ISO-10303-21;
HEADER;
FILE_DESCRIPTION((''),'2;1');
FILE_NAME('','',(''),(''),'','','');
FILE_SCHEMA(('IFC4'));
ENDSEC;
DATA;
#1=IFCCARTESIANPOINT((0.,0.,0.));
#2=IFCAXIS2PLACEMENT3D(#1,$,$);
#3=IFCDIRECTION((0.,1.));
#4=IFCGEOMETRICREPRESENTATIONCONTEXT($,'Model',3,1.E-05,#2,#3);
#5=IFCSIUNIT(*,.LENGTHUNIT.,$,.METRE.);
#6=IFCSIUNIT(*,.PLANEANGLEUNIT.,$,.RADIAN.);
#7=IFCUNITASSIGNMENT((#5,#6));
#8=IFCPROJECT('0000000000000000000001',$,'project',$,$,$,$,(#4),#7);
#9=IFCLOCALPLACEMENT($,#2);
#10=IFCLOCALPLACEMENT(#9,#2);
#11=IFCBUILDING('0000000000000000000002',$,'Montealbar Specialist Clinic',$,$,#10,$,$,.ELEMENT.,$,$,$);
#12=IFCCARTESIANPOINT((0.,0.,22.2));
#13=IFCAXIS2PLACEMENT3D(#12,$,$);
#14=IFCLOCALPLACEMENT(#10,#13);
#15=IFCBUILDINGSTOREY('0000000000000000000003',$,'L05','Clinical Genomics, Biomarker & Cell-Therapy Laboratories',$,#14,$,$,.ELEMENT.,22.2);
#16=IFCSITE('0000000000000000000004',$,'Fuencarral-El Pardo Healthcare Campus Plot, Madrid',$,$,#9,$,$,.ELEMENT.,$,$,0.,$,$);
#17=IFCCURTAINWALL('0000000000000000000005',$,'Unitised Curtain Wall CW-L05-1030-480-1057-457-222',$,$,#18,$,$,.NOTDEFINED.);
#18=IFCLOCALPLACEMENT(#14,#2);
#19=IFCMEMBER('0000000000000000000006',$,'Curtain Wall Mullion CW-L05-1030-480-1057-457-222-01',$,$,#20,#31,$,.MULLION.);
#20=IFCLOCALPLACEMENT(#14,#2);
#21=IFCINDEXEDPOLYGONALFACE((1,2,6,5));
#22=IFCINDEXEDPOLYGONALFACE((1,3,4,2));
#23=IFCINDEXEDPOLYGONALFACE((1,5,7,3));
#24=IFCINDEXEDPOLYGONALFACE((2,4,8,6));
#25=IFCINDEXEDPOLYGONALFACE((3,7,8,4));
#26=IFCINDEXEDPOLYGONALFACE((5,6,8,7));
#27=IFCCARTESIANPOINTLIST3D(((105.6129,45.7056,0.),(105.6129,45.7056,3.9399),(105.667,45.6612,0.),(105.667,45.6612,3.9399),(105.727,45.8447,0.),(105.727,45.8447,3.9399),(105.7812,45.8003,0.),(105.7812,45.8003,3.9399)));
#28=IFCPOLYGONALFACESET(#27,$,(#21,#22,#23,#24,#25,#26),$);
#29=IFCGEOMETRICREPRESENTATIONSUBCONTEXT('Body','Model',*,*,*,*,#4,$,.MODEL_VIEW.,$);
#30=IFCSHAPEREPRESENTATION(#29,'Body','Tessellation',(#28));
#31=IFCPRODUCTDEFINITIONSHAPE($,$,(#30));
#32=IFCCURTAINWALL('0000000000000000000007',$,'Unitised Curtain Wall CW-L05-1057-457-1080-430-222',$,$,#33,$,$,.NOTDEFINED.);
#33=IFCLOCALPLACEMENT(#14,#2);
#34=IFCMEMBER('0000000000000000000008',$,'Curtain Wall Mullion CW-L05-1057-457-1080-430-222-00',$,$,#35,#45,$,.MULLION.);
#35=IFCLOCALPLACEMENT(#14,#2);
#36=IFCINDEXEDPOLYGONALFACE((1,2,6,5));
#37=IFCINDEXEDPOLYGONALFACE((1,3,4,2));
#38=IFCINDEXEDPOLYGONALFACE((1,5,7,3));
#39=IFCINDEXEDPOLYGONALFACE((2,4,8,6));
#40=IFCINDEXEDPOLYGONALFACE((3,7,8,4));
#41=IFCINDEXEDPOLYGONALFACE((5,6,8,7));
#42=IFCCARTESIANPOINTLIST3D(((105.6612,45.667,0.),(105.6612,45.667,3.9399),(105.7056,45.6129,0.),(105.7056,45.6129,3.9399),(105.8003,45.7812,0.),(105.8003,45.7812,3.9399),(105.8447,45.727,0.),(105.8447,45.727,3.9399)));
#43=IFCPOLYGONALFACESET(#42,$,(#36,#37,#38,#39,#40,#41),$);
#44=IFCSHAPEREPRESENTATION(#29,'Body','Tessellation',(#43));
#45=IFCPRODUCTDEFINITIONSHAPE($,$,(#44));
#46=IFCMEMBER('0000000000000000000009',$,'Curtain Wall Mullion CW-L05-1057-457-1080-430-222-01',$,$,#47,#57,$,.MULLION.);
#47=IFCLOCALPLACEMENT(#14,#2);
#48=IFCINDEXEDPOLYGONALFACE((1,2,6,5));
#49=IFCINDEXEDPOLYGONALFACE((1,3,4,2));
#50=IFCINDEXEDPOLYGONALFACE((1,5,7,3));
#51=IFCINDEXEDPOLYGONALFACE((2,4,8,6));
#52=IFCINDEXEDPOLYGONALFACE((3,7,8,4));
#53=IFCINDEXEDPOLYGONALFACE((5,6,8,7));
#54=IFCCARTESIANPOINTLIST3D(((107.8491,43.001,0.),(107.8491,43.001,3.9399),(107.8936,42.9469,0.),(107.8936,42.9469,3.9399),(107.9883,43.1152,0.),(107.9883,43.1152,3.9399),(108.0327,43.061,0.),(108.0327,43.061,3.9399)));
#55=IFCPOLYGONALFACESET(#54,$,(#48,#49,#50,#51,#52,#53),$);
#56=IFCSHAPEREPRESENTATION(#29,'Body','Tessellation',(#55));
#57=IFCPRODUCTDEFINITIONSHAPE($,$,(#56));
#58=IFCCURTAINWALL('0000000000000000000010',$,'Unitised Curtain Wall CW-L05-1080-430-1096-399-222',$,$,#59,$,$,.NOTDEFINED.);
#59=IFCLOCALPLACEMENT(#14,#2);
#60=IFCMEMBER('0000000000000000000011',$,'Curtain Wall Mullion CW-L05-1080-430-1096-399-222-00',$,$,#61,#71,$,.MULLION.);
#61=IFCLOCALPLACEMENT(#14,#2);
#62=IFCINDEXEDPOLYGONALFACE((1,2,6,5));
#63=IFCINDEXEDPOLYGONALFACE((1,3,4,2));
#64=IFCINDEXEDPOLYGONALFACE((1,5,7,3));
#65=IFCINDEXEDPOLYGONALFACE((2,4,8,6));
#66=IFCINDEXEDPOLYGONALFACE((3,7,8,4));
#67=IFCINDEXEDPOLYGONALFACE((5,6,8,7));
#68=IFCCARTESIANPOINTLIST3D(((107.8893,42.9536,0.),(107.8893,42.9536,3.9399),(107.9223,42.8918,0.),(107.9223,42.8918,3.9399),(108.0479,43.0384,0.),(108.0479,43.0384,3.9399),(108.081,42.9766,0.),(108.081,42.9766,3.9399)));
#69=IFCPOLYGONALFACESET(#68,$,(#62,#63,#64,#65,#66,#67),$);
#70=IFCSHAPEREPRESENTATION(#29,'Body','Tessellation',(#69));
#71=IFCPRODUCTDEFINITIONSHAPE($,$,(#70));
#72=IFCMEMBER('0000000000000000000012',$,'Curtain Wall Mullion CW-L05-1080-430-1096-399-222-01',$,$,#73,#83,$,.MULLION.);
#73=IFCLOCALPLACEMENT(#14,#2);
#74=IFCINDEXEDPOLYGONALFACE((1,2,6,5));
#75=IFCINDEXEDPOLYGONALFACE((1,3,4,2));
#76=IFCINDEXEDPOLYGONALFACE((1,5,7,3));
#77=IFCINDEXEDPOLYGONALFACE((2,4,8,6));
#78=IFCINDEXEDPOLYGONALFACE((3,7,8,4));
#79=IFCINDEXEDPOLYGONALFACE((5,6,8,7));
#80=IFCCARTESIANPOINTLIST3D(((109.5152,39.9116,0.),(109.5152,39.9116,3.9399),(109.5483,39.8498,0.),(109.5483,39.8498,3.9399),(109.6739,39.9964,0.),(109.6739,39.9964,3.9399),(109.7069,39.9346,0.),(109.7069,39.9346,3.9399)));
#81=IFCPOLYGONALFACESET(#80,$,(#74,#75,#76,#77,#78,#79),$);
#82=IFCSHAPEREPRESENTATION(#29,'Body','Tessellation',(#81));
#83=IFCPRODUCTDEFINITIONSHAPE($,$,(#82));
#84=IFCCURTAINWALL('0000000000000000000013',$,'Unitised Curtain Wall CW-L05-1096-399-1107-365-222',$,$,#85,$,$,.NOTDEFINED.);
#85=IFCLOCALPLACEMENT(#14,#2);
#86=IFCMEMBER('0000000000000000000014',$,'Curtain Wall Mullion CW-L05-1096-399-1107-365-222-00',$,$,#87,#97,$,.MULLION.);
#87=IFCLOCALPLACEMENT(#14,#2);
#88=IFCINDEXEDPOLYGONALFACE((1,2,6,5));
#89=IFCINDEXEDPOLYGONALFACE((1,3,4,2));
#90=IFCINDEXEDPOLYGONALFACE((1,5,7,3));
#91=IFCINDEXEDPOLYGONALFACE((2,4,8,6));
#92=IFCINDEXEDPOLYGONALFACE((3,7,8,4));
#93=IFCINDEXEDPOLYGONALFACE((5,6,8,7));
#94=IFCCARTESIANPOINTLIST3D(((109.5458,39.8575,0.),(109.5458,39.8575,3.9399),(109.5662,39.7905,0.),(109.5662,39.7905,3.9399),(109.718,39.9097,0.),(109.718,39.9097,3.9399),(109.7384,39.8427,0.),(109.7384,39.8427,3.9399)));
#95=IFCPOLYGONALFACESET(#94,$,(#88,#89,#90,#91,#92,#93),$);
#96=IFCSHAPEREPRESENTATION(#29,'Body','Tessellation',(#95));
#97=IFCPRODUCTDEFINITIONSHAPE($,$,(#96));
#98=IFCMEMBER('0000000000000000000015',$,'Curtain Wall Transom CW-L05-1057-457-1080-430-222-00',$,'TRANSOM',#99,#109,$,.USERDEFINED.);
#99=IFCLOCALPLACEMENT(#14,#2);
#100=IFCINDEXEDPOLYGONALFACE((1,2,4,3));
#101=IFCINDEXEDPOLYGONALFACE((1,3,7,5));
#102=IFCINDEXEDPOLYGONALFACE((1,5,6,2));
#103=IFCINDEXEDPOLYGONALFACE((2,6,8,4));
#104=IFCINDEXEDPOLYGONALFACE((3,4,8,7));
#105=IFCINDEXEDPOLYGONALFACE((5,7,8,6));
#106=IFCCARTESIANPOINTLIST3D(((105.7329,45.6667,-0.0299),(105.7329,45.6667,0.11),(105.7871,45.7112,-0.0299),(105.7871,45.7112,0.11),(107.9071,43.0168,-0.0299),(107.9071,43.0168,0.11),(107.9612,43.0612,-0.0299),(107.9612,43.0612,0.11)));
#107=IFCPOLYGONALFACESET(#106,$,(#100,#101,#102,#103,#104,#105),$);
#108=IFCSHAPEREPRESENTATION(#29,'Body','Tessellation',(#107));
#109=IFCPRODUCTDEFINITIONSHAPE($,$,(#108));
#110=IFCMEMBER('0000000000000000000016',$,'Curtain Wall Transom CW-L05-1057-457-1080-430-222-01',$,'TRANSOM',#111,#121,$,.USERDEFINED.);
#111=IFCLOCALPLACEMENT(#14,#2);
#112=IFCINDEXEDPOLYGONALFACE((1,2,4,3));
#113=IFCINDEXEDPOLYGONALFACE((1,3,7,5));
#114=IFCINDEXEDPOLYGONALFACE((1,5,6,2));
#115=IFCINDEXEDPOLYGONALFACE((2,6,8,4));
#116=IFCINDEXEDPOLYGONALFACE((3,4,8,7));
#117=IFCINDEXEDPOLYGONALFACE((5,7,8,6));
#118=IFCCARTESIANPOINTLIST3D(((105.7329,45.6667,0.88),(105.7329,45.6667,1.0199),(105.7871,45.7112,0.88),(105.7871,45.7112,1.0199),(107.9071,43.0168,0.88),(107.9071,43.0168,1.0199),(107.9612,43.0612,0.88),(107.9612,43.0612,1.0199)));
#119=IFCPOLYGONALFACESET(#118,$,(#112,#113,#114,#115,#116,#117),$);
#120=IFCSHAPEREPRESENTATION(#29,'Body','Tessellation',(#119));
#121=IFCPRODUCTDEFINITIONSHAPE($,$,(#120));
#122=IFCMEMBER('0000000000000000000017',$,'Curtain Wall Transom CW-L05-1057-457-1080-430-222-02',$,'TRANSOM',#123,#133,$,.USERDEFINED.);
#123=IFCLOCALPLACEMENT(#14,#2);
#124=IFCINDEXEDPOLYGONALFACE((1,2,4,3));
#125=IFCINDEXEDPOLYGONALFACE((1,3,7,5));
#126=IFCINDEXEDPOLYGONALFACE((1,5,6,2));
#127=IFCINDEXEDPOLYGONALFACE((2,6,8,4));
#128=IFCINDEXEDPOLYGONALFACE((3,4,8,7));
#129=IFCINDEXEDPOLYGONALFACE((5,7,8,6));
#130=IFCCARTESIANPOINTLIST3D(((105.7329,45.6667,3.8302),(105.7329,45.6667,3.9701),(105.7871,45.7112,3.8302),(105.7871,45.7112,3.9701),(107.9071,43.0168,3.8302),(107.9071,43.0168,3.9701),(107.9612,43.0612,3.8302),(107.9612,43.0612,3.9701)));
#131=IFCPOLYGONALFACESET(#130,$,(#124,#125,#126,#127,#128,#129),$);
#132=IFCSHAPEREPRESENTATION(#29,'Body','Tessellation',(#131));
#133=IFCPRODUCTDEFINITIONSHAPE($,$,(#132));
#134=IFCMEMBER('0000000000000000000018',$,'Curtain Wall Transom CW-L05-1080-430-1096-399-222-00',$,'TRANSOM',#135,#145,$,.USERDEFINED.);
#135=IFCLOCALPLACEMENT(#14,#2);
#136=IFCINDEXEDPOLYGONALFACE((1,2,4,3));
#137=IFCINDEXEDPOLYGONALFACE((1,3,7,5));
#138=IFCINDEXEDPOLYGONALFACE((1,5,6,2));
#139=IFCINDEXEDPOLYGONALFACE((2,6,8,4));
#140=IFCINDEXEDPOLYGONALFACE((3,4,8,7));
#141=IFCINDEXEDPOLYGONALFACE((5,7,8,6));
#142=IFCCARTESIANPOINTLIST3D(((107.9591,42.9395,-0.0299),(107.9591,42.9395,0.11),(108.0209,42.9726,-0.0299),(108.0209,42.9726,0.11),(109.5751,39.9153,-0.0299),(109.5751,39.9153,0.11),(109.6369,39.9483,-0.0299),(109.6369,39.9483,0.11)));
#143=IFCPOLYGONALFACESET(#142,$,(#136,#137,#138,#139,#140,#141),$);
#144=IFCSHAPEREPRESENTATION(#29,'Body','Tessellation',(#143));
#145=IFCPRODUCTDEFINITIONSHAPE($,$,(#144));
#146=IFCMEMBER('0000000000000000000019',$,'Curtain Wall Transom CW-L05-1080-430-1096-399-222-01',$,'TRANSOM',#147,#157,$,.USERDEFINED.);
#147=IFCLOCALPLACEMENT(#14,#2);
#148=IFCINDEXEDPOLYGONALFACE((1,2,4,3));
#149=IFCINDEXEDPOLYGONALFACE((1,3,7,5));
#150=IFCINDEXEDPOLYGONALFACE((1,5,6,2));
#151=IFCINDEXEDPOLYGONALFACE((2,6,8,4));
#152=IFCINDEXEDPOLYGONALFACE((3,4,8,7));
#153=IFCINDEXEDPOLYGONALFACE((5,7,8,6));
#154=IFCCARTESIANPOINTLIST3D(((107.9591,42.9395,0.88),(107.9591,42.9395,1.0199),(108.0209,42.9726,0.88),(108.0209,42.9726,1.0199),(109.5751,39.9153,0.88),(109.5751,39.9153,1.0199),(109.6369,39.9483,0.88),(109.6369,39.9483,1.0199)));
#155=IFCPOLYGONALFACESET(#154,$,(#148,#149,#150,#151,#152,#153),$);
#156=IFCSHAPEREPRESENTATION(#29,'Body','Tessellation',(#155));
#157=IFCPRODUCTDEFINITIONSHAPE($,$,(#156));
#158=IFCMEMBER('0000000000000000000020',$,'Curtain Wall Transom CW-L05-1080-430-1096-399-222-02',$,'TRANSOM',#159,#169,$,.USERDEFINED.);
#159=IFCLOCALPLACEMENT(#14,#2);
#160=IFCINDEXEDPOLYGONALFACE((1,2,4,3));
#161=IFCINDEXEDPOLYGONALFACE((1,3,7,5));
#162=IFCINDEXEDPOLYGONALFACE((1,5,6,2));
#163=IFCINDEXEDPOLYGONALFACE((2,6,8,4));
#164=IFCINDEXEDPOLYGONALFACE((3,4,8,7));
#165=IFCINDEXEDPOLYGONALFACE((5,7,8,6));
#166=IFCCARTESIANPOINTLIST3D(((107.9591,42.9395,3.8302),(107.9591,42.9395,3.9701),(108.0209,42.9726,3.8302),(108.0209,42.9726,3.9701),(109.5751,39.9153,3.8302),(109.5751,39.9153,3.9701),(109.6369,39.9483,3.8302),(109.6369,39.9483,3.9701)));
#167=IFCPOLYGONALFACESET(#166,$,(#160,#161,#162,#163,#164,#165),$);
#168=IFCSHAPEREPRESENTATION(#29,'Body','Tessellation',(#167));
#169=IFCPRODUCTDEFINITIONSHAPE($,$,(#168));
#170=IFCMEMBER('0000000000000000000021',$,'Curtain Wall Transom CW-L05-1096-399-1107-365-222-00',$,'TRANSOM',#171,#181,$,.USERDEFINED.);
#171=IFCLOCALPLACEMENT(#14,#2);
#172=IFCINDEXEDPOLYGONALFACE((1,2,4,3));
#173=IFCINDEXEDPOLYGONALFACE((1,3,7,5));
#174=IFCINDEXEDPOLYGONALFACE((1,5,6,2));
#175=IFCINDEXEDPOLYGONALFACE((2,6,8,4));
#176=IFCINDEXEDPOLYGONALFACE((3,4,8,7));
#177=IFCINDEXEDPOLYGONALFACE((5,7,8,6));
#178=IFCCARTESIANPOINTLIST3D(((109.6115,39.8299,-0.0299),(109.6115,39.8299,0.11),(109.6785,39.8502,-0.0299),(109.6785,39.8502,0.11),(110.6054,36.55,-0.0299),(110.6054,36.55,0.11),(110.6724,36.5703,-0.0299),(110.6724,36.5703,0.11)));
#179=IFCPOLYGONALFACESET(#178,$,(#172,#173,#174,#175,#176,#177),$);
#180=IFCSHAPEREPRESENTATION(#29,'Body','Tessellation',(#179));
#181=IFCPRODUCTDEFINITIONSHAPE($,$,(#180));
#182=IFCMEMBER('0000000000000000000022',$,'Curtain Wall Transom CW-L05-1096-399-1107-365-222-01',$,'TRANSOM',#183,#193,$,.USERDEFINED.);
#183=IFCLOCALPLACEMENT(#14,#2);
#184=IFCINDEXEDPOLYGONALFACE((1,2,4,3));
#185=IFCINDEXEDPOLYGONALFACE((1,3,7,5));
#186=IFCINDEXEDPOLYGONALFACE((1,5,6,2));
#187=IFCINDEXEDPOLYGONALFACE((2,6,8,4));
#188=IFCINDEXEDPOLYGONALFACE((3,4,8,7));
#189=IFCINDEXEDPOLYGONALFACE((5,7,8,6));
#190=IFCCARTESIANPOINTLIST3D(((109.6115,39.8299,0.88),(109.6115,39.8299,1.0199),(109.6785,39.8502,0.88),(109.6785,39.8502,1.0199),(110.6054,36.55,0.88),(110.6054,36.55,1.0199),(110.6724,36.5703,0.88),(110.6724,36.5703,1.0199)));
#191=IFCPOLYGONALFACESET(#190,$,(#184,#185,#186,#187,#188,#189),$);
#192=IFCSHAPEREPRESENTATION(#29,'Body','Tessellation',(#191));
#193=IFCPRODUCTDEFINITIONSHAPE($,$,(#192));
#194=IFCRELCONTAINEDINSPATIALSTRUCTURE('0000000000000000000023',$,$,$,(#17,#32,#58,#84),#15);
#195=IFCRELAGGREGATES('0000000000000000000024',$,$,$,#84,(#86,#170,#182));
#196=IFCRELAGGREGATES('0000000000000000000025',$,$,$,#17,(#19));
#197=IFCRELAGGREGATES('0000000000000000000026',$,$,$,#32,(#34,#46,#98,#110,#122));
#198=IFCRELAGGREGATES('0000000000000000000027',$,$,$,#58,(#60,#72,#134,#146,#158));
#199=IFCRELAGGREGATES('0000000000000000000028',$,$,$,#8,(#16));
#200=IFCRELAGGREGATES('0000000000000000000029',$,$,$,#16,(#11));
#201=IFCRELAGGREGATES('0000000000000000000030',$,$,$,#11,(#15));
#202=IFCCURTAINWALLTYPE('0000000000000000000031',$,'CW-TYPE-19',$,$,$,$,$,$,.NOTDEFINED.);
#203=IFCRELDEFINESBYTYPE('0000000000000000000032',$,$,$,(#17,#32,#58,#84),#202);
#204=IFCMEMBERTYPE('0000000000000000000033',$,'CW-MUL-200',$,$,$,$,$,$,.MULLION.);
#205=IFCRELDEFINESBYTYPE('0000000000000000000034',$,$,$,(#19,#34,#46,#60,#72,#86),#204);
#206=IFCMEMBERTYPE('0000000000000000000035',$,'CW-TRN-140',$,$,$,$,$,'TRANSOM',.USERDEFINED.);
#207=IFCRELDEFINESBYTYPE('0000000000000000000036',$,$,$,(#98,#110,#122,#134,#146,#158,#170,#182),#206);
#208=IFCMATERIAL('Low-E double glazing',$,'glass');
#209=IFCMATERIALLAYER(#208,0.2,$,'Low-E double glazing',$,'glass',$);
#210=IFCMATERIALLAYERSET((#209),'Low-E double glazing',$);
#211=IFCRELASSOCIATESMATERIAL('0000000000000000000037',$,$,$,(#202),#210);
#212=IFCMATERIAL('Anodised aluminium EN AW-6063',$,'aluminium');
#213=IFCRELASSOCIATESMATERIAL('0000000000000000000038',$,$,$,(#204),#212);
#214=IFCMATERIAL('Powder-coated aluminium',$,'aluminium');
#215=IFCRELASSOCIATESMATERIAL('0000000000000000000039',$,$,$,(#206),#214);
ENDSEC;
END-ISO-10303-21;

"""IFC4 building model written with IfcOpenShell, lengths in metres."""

from ifc_helpers import new_model, si_unit, direction, frame, origin, origin_2d, place, context, subcontext, project, spatial, rectangle, extrude, material, layer, layer_set, material_profile, profile_set, type_object, element, aggregate, save


model = new_model("IFC4")

# Units and contexts
model_context = context("Model", 3, precision=1e-05, world=origin(), true_north=direction((0.0, 1.0)))
body_context = subcontext(model_context, "Body", "Model", "MODEL_VIEW")
ifc_project = project(units=[si_unit("LENGTHUNIT", "METRE"), si_unit("PLANEANGLEUNIT", "RADIAN")], contexts=[model_context])

# Site, building, storey
site_placement = place(None, origin())
site = spatial("IfcSite", under=ifc_project, at=site_placement, Name="Fuencarral-El Pardo Healthcare Campus Plot, Madrid", CompositionType="ELEMENT", RefElevation=0.0)
building_placement = place(site_placement, origin())
building = spatial("IfcBuilding", under=site, at=building_placement, Name="Montealbar Specialist Clinic", CompositionType="ELEMENT")
storey_placement = place(building_placement, frame((0.0, 0.0, 22.2)))
storey = spatial("IfcBuildingStorey", under=building, at=storey_placement, Name="L05", Description="Clinical Genomics, Biomarker & Cell-Therapy Laboratories", CompositionType="ELEMENT", Elevation=22.2)

# Curtain wall, member
ifc_material_1 = material(Name="Low-E double glazing", Category="glass")
ifc_layer_1 = layer(ifc_material_1, 0.2, Name="Low-E double glazing", Category="glass")
ifc_layer_set_1 = layer_set([ifc_layer_1], Name="Low-E double glazing")
curtain_wall_type = type_object("IfcCurtainWallType", Name="CW-TYPE-19", PredefinedType="NOTDEFINED", material=ifc_layer_set_1)
curtain_wall_1_placement = place(storey_placement, origin())
curtain_wall_1 = element("IfcCurtainWall", 1, at=curtain_wall_1_placement, inside=storey, type_object=curtain_wall_type, Name="Unitised Curtain Wall CW-L05-1030-480-1057-457-222", PredefinedType="NOTDEFINED")
ifc_material_2 = material(Name="Anodised aluminium EN AW-6063", Category="aluminium")
ifc_material_profile_1 = material_profile(ifc_material_2, rectangle(XDim=0.0701, YDim=0.1799, at=origin_2d()), Name="ALU 70x180", Category="aluminium")
ifc_profile_set_1 = profile_set([ifc_material_profile_1], Name="Anodised aluminium EN AW-6063")
member_type_1 = type_object("IfcMemberType", Name="CW-MUL-200", PredefinedType="MULLION", material=ifc_profile_set_1)
member_1_placement = place(storey_placement, frame((105.697, 45.7529, 0.0), z_axis=(0.0, 0.0, 1.0), x_axis=(0.773123, -0.634256, 0.0)))
member_1 = element("IfcMember", 2, at=member_1_placement, type_object=member_type_1, Name="Curtain Wall Mullion CW-L05-1030-480-1057-457-222-01", PredefinedType="MULLION", context=body_context, shape_type="SweptSolid", body=[
    extrude(rectangle(XDim=0.0701, YDim=0.1799, at=origin_2d()), origin(), (0.0, 0.0, 1.0), 3.9399),
])

# Curtain walls, members
curtain_wall_2_placement = place(storey_placement, origin())
curtain_wall_2 = element("IfcCurtainWall", 3, at=curtain_wall_2_placement, inside=storey, type_object=curtain_wall_type, Name="Unitised Curtain Wall CW-L05-1057-457-1080-430-222", PredefinedType="NOTDEFINED")
member_2_placement = place(storey_placement, frame((105.7529, 45.697, 0.0), z_axis=(0.0, 0.0, 1.0), x_axis=(0.634256, -0.773123, 0.0)))
member_2 = element("IfcMember", 4, at=member_2_placement, type_object=member_type_1, Name="Curtain Wall Mullion CW-L05-1057-457-1080-430-222-00", PredefinedType="MULLION", context=body_context, shape_type="SweptSolid", body=[
    extrude(rectangle(XDim=0.0701, YDim=0.1799, at=origin_2d()), origin(), (0.0, 0.0, 1.0), 3.9399),
])
member_3_placement = place(storey_placement, frame((107.9409, 43.031, 0.0), z_axis=(0.0, 0.0, 1.0), x_axis=(0.634256, -0.773123, 0.0)))
member_3 = element("IfcMember", 5, at=member_3_placement, type_object=member_type_1, Name="Curtain Wall Mullion CW-L05-1057-457-1080-430-222-01", PredefinedType="MULLION", context=body_context, shape_type="SweptSolid", body=[
    extrude(rectangle(XDim=0.0701, YDim=0.1799, at=origin_2d()), origin(), (0.0, 0.0, 1.0), 3.9399),
])
curtain_wall_3_placement = place(storey_placement, origin())
curtain_wall_3 = element("IfcCurtainWall", 6, at=curtain_wall_3_placement, inside=storey, type_object=curtain_wall_type, Name="Unitised Curtain Wall CW-L05-1080-430-1096-399-222", PredefinedType="NOTDEFINED")
member_4_placement = place(storey_placement, frame((107.9851, 42.9651, 0.0), z_axis=(0.0, 0.0, 1.0), x_axis=(0.471529, -0.88185, 0.0)))
member_4 = element("IfcMember", 7, at=member_4_placement, type_object=member_type_1, Name="Curtain Wall Mullion CW-L05-1080-430-1096-399-222-00", PredefinedType="MULLION", context=body_context, shape_type="SweptSolid", body=[
    extrude(rectangle(XDim=0.0701, YDim=0.1799, at=origin_2d()), origin(), (0.0, 0.0, 1.0), 3.9399),
])
member_5_placement = place(storey_placement, frame((109.6111, 39.9231, 0.0), z_axis=(0.0, 0.0, 1.0), x_axis=(0.471529, -0.88185, 0.0)))
member_5 = element("IfcMember", 8, at=member_5_placement, type_object=member_type_1, Name="Curtain Wall Mullion CW-L05-1080-430-1096-399-222-01", PredefinedType="MULLION", context=body_context, shape_type="SweptSolid", body=[
    extrude(rectangle(XDim=0.0701, YDim=0.1799, at=origin_2d()), origin(), (0.0, 0.0, 1.0), 3.9399),
])

# Curtain wall, member
curtain_wall_4_placement = place(storey_placement, origin())
curtain_wall_4 = element("IfcCurtainWall", 9, at=curtain_wall_4_placement, inside=storey, type_object=curtain_wall_type, Name="Unitised Curtain Wall CW-L05-1096-399-1107-365-222", PredefinedType="NOTDEFINED")
member_6_placement = place(storey_placement, frame((109.6421, 39.8501, 0.0), z_axis=(0.0, 0.0, 1.0), x_axis=(0.290259, -0.956948, 0.0)))
member_6 = element("IfcMember", 10, at=member_6_placement, type_object=member_type_1, Name="Curtain Wall Mullion CW-L05-1096-399-1107-365-222-00", PredefinedType="MULLION", context=body_context, shape_type="SweptSolid", body=[
    extrude(rectangle(XDim=0.0701, YDim=0.1799, at=origin_2d()), origin(), (0.0, 0.0, 1.0), 3.9399),
])

# Members
ifc_material_3 = material(Name="Powder-coated aluminium", Category="aluminium")
ifc_material_profile_2 = material_profile(ifc_material_3, rectangle(XDim=0.0701, YDim=0.1399, at=origin_2d()), Name="ALU 70x140", Category="aluminium")
ifc_profile_set_2 = profile_set([ifc_material_profile_2], Name="Powder-coated aluminium")
member_type_2 = type_object("IfcMemberType", Name="CW-TRN-140", ElementType="TRANSOM", PredefinedType="USERDEFINED", material=ifc_profile_set_2)
member_7_placement = place(storey_placement, frame((105.76, 45.689, 0.04), z_axis=(0.634281, -0.773103, 0.0), x_axis=(0.773103, 0.634281, 0.0)))
member_7 = element("IfcMember", 11, at=member_7_placement, type_object=member_type_2, Name="Curtain Wall Transom CW-L05-1057-457-1080-430-222-00", ObjectType="TRANSOM", PredefinedType="USERDEFINED", context=body_context, shape_type="SweptSolid", body=[
    extrude(rectangle(XDim=0.0701, YDim=0.1399, at=origin_2d()), origin(), (0.0, 0.0, 1.0), 3.4277),
])
member_8_placement = place(storey_placement, frame((105.76, 45.689, 0.95), z_axis=(0.634281, -0.773103, 0.0), x_axis=(0.773103, 0.634281, 0.0)))
member_8 = element("IfcMember", 12, at=member_8_placement, type_object=member_type_2, Name="Curtain Wall Transom CW-L05-1057-457-1080-430-222-01", ObjectType="TRANSOM", PredefinedType="USERDEFINED", context=body_context, shape_type="SweptSolid", body=[
    extrude(rectangle(XDim=0.0701, YDim=0.1399, at=origin_2d()), origin(), (0.0, 0.0, 1.0), 3.4277),
])
member_9_placement = place(storey_placement, frame((105.76, 45.689, 3.9001), z_axis=(0.634281, -0.773103, 0.0), x_axis=(0.773103, 0.634281, 0.0)))
member_9 = element("IfcMember", 13, at=member_9_placement, type_object=member_type_2, Name="Curtain Wall Transom CW-L05-1057-457-1080-430-222-02", ObjectType="TRANSOM", PredefinedType="USERDEFINED", context=body_context, shape_type="SweptSolid", body=[
    extrude(rectangle(XDim=0.0701, YDim=0.1399, at=origin_2d()), origin(), (0.0, 0.0, 1.0), 3.4277),
])
member_10_placement = place(storey_placement, frame((107.99, 42.9561, 0.04), z_axis=(0.471287, -0.88198, 0.0), x_axis=(0.88198, 0.471287, 0.0)))
member_10 = element("IfcMember", 14, at=member_10_placement, type_object=member_type_2, Name="Curtain Wall Transom CW-L05-1080-430-1096-399-222-00", ObjectType="TRANSOM", PredefinedType="USERDEFINED", context=body_context, shape_type="SweptSolid", body=[
    extrude(rectangle(XDim=0.0701, YDim=0.1399, at=origin_2d()), origin(), (0.0, 0.0, 1.0), 3.429),
])
member_11_placement = place(storey_placement, frame((107.99, 42.9561, 0.95), z_axis=(0.471287, -0.88198, 0.0), x_axis=(0.88198, 0.471287, 0.0)))
member_11 = element("IfcMember", 15, at=member_11_placement, type_object=member_type_2, Name="Curtain Wall Transom CW-L05-1080-430-1096-399-222-01", ObjectType="TRANSOM", PredefinedType="USERDEFINED", context=body_context, shape_type="SweptSolid", body=[
    extrude(rectangle(XDim=0.0701, YDim=0.1399, at=origin_2d()), origin(), (0.0, 0.0, 1.0), 3.429),
])
member_12_placement = place(storey_placement, frame((107.99, 42.9561, 3.9001), z_axis=(0.471287, -0.88198, 0.0), x_axis=(0.88198, 0.471287, 0.0)))
member_12 = element("IfcMember", 16, at=member_12_placement, type_object=member_type_2, Name="Curtain Wall Transom CW-L05-1080-430-1096-399-222-02", ObjectType="TRANSOM", PredefinedType="USERDEFINED", context=body_context, shape_type="SweptSolid", body=[
    extrude(rectangle(XDim=0.0701, YDim=0.1399, at=origin_2d()), origin(), (0.0, 0.0, 1.0), 3.429),
])
member_13_placement = place(storey_placement, frame((109.645, 39.8401, 0.04), z_axis=(0.289994, -0.957029, 0.0), x_axis=(0.957029, 0.289994, 0.0)))
member_13 = element("IfcMember", 17, at=member_13_placement, type_object=member_type_2, Name="Curtain Wall Transom CW-L05-1096-399-1107-365-222-00", ObjectType="TRANSOM", PredefinedType="USERDEFINED", context=body_context, shape_type="SweptSolid", body=[
    extrude(rectangle(XDim=0.0701, YDim=0.1399, at=origin_2d()), origin(), (0.0, 0.0, 1.0), 3.4272),
])
member_14_placement = place(storey_placement, frame((109.645, 39.8401, 0.95), z_axis=(0.289994, -0.957029, 0.0), x_axis=(0.957029, 0.289994, 0.0)))
member_14 = element("IfcMember", 18, at=member_14_placement, type_object=member_type_2, Name="Curtain Wall Transom CW-L05-1096-399-1107-365-222-01", ObjectType="TRANSOM", PredefinedType="USERDEFINED", context=body_context, shape_type="SweptSolid", body=[
    extrude(rectangle(XDim=0.0701, YDim=0.1399, at=origin_2d()), origin(), (0.0, 0.0, 1.0), 3.4272),
])
aggregate(curtain_wall_4, [member_6, member_13, member_14])

aggregate(curtain_wall_1, [member_1])
aggregate(curtain_wall_2, [member_2, member_3, member_7, member_8, member_9])
aggregate(curtain_wall_3, [member_4, member_5, member_10, member_11, member_12])

save(model, "model.ifc")
